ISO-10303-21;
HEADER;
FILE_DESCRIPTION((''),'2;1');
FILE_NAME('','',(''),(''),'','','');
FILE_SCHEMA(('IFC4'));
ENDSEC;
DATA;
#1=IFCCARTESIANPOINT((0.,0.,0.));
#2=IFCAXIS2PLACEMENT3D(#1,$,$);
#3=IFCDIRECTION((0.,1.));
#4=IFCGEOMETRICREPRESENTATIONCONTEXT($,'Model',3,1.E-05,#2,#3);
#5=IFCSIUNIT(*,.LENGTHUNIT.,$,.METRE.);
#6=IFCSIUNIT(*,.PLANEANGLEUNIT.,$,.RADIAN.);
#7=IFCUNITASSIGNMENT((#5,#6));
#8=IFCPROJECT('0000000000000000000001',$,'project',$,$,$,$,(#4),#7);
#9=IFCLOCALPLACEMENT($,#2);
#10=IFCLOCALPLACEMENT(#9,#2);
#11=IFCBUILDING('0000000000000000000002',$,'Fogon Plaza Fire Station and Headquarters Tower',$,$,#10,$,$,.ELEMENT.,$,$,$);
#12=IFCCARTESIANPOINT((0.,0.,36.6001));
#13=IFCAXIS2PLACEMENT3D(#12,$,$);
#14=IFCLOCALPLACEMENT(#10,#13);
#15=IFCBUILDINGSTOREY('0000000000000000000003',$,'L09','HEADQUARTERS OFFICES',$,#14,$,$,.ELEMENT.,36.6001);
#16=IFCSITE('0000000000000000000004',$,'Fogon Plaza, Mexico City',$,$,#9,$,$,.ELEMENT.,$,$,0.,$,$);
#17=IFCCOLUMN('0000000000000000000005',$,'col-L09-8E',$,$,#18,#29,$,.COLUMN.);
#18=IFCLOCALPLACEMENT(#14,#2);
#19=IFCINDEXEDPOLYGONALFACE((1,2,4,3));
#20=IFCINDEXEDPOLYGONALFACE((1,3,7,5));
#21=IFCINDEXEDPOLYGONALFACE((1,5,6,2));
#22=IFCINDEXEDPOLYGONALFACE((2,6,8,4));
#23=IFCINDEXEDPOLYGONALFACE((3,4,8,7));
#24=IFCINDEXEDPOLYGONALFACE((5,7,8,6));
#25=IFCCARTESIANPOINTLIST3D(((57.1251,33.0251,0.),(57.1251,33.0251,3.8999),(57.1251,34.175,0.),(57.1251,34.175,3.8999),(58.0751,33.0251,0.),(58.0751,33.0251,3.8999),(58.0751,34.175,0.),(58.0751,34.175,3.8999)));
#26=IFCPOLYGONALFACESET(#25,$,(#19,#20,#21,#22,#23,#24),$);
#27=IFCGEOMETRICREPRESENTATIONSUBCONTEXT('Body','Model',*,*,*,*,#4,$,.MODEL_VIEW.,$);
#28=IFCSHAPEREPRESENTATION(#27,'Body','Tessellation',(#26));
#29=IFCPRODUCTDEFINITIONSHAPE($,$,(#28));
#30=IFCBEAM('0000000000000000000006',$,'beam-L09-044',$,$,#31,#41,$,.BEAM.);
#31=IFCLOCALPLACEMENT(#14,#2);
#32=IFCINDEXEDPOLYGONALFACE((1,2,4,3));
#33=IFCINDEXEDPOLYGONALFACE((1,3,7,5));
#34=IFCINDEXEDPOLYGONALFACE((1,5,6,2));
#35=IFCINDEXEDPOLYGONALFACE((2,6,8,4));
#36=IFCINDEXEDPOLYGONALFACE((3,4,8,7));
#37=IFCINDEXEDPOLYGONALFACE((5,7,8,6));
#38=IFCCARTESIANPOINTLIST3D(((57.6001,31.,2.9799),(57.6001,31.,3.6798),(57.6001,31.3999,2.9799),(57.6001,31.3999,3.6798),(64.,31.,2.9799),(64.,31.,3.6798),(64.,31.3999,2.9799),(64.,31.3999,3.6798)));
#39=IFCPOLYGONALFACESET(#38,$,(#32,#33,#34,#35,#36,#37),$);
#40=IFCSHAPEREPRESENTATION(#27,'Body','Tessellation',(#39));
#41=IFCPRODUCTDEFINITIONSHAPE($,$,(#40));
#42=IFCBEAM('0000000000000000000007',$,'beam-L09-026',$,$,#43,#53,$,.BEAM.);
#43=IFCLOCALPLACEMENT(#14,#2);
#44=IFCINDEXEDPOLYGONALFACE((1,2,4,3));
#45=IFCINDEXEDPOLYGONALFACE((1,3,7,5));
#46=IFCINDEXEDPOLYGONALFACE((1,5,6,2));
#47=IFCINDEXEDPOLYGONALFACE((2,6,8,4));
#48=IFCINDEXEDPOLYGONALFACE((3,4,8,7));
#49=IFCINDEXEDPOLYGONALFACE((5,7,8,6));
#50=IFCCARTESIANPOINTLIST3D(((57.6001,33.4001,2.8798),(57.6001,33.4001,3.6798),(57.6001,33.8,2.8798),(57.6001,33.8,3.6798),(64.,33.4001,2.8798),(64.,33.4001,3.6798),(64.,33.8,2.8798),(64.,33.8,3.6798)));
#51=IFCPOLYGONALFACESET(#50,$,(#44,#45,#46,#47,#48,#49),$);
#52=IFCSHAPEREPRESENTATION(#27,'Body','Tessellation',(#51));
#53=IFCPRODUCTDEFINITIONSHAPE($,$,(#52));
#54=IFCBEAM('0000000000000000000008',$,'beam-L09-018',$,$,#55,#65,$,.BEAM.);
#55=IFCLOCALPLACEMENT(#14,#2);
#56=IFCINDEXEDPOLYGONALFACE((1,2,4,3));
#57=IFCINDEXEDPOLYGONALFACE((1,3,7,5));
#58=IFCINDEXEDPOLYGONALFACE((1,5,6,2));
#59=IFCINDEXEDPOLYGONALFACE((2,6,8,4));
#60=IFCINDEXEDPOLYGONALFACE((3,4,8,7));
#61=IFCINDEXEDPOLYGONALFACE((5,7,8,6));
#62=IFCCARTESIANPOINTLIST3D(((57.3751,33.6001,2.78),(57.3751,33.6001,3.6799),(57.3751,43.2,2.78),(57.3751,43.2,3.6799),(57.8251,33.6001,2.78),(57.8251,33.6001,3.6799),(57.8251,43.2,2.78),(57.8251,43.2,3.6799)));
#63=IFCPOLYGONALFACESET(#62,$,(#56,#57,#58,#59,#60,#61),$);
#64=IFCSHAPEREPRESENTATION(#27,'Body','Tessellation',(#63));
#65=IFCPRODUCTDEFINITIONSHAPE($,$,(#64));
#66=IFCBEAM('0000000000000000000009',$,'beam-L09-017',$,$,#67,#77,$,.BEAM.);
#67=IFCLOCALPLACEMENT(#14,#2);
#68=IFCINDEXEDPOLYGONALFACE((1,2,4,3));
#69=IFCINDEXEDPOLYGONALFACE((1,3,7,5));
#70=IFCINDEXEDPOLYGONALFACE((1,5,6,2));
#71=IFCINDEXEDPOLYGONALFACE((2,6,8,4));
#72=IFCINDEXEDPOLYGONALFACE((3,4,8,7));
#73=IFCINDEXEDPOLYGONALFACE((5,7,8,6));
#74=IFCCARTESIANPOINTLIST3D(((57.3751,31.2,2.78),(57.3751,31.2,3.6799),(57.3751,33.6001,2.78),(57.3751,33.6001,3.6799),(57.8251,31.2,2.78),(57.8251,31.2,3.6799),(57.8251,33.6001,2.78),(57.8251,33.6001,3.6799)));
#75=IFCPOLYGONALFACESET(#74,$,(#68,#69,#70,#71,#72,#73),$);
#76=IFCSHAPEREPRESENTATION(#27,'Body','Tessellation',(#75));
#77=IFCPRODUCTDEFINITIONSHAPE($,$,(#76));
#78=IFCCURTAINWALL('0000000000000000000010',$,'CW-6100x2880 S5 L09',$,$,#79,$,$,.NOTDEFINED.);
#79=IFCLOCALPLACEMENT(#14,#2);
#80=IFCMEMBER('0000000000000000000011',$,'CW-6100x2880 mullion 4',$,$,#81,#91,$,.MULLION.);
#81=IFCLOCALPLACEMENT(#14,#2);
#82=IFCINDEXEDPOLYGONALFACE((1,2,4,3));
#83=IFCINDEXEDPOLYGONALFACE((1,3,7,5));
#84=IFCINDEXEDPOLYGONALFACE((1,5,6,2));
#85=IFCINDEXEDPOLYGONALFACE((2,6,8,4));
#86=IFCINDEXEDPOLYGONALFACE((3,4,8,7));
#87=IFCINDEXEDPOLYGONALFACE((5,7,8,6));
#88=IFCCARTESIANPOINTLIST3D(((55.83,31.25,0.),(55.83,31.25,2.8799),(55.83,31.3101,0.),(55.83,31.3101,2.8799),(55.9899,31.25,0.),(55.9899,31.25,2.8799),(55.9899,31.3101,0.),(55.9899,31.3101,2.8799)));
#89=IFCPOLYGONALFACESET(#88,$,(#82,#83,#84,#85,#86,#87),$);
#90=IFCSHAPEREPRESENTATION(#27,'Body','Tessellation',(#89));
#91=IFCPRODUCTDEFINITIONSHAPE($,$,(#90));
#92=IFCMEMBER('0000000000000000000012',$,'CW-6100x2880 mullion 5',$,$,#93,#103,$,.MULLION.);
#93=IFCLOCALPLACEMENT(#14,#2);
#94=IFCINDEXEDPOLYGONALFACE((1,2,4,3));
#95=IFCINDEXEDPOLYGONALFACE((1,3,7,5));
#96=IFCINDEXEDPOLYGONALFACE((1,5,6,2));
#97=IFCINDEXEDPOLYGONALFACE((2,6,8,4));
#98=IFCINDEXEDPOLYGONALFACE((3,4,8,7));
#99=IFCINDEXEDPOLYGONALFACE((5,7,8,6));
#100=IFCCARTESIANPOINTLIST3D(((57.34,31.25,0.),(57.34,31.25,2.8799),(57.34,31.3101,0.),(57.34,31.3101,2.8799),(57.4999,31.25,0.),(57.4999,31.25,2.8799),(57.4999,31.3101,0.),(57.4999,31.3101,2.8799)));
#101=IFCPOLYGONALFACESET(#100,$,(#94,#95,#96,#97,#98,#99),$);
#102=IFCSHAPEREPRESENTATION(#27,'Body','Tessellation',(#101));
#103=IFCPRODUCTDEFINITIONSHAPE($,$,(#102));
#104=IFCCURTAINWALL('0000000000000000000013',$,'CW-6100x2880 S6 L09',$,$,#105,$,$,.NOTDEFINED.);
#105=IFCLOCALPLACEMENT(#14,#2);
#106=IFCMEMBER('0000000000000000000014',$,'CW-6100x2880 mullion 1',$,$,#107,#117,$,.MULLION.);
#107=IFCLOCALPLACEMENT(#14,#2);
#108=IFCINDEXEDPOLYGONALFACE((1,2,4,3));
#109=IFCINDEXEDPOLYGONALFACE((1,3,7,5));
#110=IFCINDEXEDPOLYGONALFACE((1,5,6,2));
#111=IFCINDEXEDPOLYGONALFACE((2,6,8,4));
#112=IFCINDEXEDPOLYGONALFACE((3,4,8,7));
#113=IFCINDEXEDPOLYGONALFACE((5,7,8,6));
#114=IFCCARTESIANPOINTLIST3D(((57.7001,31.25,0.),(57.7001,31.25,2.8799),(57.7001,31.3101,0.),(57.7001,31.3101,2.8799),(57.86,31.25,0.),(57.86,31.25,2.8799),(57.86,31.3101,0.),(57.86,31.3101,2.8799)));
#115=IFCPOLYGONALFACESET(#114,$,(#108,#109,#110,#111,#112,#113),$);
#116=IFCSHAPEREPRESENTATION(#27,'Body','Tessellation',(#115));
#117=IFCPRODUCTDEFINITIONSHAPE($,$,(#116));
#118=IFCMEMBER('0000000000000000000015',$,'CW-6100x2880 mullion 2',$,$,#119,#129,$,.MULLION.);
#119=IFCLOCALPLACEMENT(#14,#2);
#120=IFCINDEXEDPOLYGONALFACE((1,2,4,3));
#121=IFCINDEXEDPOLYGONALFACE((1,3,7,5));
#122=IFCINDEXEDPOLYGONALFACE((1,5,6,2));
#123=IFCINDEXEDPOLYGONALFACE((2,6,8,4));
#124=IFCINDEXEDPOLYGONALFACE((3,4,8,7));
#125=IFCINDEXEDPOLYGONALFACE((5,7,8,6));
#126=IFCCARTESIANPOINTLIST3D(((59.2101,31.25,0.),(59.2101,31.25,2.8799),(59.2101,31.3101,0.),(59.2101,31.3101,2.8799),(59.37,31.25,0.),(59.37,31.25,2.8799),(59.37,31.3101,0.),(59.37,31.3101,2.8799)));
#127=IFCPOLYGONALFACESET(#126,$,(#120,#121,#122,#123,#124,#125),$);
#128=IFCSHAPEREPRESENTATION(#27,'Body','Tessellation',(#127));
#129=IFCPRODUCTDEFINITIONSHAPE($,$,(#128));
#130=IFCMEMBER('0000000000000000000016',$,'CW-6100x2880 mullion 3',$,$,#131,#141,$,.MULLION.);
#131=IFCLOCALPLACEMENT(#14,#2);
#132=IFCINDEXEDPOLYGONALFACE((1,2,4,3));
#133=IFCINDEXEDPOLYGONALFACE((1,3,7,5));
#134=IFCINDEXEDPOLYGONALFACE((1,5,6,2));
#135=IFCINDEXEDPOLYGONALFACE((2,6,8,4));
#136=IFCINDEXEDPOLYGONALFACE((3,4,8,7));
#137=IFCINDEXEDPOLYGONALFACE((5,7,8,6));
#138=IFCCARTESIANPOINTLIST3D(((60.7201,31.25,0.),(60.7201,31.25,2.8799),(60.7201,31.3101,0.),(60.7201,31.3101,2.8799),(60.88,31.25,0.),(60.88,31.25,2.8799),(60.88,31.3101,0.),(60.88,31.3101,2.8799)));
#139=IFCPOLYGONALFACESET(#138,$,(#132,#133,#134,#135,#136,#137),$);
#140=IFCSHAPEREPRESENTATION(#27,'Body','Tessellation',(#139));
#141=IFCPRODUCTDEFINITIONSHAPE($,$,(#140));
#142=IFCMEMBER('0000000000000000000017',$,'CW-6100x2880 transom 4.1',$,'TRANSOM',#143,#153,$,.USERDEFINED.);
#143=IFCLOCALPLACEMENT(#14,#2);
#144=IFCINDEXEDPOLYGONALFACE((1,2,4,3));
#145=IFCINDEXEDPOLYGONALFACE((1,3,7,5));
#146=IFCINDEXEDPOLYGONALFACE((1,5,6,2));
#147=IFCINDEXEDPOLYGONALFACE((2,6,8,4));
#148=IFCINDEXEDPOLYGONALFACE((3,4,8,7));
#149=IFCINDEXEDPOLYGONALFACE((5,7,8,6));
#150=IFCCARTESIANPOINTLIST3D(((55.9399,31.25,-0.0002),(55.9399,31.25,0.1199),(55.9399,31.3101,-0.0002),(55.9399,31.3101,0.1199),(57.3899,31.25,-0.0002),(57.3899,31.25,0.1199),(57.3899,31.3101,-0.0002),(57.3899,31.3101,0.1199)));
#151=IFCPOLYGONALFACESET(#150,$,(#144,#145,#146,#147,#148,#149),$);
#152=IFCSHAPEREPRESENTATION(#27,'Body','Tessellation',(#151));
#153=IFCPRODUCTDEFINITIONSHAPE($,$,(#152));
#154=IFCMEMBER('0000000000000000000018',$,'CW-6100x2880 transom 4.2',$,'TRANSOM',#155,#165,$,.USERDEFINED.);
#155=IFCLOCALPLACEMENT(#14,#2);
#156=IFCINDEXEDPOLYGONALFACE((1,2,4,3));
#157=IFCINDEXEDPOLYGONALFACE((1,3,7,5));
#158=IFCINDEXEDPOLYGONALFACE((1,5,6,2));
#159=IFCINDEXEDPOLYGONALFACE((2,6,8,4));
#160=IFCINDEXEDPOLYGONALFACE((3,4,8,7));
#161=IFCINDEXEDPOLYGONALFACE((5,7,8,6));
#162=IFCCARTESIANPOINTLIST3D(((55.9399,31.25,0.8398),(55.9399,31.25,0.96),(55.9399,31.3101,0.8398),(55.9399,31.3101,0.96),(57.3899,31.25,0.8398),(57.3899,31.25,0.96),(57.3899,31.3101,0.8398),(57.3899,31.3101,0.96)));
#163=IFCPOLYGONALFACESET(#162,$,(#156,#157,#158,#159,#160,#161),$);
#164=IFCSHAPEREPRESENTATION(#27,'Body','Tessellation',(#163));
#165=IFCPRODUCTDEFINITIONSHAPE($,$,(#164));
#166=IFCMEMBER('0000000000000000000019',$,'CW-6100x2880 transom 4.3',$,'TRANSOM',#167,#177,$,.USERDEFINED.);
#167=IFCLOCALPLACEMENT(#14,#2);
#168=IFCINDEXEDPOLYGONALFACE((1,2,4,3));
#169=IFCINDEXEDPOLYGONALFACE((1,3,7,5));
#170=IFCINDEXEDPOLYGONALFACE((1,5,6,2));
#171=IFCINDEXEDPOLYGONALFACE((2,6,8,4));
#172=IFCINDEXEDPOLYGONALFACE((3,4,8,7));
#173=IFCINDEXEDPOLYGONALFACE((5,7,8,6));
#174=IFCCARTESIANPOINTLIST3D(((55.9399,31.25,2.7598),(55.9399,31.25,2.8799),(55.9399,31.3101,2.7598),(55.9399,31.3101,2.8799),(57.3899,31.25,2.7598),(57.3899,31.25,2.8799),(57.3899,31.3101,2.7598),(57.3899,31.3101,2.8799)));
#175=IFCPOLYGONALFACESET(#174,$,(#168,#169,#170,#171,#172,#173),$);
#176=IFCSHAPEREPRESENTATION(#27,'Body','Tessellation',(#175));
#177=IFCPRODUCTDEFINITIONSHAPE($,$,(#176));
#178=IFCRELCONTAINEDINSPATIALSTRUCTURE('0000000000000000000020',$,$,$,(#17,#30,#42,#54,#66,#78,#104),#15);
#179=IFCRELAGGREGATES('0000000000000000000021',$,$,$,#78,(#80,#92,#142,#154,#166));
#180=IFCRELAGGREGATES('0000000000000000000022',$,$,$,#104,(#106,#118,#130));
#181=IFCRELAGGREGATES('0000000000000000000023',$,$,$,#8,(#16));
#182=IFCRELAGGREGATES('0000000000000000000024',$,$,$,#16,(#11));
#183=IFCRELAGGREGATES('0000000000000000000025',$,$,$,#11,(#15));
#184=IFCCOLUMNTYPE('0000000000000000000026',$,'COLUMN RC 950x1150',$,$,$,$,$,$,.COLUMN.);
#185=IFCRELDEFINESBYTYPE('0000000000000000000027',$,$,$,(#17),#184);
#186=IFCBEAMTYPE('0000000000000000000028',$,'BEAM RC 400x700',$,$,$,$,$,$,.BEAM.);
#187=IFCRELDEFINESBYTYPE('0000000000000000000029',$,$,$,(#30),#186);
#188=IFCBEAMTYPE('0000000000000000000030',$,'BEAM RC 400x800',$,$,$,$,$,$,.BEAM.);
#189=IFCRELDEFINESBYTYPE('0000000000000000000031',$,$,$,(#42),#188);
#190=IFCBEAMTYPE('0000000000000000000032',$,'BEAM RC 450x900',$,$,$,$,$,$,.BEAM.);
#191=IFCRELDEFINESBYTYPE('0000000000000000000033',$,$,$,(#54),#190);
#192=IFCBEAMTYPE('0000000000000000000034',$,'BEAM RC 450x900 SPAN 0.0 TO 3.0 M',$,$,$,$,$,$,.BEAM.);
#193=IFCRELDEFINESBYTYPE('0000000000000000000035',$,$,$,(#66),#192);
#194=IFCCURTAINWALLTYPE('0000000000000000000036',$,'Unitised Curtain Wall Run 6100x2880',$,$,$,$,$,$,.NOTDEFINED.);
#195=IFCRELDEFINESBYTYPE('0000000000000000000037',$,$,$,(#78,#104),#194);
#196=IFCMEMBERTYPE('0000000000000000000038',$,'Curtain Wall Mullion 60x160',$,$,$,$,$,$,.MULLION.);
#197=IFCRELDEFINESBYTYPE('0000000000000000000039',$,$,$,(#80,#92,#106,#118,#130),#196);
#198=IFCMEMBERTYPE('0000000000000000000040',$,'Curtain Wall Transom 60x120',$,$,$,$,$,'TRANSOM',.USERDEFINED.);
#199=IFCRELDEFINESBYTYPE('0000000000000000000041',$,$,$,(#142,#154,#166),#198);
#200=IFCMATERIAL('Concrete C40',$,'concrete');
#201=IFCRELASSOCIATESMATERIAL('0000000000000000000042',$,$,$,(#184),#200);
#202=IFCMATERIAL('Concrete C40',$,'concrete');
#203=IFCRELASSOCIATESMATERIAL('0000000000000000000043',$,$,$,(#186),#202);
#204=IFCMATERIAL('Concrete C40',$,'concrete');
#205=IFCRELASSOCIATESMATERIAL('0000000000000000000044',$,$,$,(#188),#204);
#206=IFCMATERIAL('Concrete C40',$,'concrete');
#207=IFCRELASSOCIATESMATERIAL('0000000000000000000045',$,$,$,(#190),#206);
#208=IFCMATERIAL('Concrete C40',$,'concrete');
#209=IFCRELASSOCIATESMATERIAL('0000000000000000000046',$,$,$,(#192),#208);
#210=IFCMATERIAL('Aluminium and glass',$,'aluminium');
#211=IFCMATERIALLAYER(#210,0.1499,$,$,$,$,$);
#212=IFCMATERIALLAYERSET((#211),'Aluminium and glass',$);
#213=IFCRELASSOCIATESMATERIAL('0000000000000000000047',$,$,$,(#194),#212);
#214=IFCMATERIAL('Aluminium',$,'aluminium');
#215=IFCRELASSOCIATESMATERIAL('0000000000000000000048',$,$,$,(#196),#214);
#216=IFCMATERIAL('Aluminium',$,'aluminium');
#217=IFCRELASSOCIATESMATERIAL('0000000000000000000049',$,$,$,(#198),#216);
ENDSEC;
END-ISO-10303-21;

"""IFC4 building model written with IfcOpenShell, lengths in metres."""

from ifc_helpers import new_model, si_unit, direction, frame, origin, origin_2d, place, context, subcontext, project, spatial, rectangle, extrude, material, layer, layer_set, material_profile, profile_set, type_object, element, aggregate, save


model = new_model("IFC4")

# Units and contexts
model_context = context("Model", 3, precision=1e-05, world=origin(), true_north=direction((0.0, 1.0)))
body_context = subcontext(model_context, "Body", "Model", "MODEL_VIEW")
ifc_project = project(units=[si_unit("LENGTHUNIT", "METRE"), si_unit("PLANEANGLEUNIT", "RADIAN")], contexts=[model_context])

# Site, building, storey
site_placement = place(None, origin())
site = spatial("IfcSite", under=ifc_project, at=site_placement, Name="Fogon Plaza, Mexico City", CompositionType="ELEMENT", RefElevation=0.0)
building_placement = place(site_placement, origin())
building = spatial("IfcBuilding", under=site, at=building_placement, Name="Fogon Plaza Fire Station and Headquarters Tower", CompositionType="ELEMENT")
storey_placement = place(building_placement, frame((0.0, 0.0, 36.6001)))
storey = spatial("IfcBuildingStorey", under=building, at=storey_placement, Name="L09", Description="HEADQUARTERS OFFICES", CompositionType="ELEMENT", Elevation=36.6001)

# Column
ifc_material_1 = material(Name="Concrete C40", Category="concrete")
ifc_material_profile_1 = material_profile(ifc_material_1, rectangle(XDim=0.95, YDim=1.1499, at=origin_2d()), Name="RC 950x1150")
ifc_profile_set_1 = profile_set([ifc_material_profile_1], Name="Concrete C40")
column_type = type_object("IfcColumnType", Name="COLUMN RC 950x1150", PredefinedType="COLUMN", material=ifc_profile_set_1)
column_placement = place(storey_placement, frame((57.6001, 33.6001, 0.0), z_axis=(0.0, 0.0, 1.0), x_axis=(1.0, 0.0, 0.0)))
element("IfcColumn", 1, at=column_placement, inside=storey, type_object=column_type, Name="col-L09-8E", PredefinedType="COLUMN", context=body_context, shape_type="SweptSolid", body=[
    extrude(rectangle(XDim=0.95, YDim=1.1499, at=origin_2d()), origin(), (0.0, 0.0, 1.0), 3.8999),
])

# Beams
ifc_material_2 = material(Name="Concrete C40", Category="concrete")
ifc_material_profile_2 = material_profile(ifc_material_2, rectangle(XDim=0.3999, YDim=0.7, at=origin_2d()), Name="RC 400x700")
ifc_profile_set_2 = profile_set([ifc_material_profile_2], Name="Concrete C40")
beam_type_1 = type_object("IfcBeamType", Name="BEAM RC 400x700", PredefinedType="BEAM", material=ifc_profile_set_2)
beam_1_placement = place(storey_placement, frame((57.6001, 31.2, 3.3298), z_axis=(1.0, 0.0, 0.0), x_axis=(0.0, 1.0, 0.0)))
element("IfcBeam", 2, at=beam_1_placement, inside=storey, type_object=beam_type_1, Name="beam-L09-044", PredefinedType="BEAM", context=body_context, shape_type="SweptSolid", body=[
    extrude(rectangle(XDim=0.3999, YDim=0.7, at=origin_2d()), origin(), (0.0, 0.0, 1.0), 6.3999),
])
ifc_material_3 = material(Name="Concrete C40", Category="concrete")
ifc_material_profile_3 = material_profile(ifc_material_3, rectangle(XDim=0.3999, YDim=0.8, at=origin_2d()), Name="RC 400x800")
ifc_profile_set_3 = profile_set([ifc_material_profile_3], Name="Concrete C40")
beam_type_2 = type_object("IfcBeamType", Name="BEAM RC 400x800", PredefinedType="BEAM", material=ifc_profile_set_3)
beam_2_placement = place(storey_placement, frame((57.6001, 33.6001, 3.2798), z_axis=(1.0, 0.0, 0.0), x_axis=(0.0, 1.0, 0.0)))
element("IfcBeam", 3, at=beam_2_placement, inside=storey, type_object=beam_type_2, Name="beam-L09-026", PredefinedType="BEAM", context=body_context, shape_type="SweptSolid", body=[
    extrude(rectangle(XDim=0.3999, YDim=0.8, at=origin_2d()), origin(), (0.0, 0.0, 1.0), 6.3999),
])
ifc_material_4 = material(Name="Concrete C40", Category="concrete")
ifc_material_profile_4 = material_profile(ifc_material_4, rectangle(XDim=0.45, YDim=0.8999, at=origin_2d()), Name="RC 450x900")
ifc_profile_set_4 = profile_set([ifc_material_profile_4], Name="Concrete C40")
beam_type_3 = type_object("IfcBeamType", Name="BEAM RC 450x900", PredefinedType="BEAM", material=ifc_profile_set_4)
beam_3_placement = place(storey_placement, frame((57.6001, 33.6001, 3.23), z_axis=(0.0, 1.0, 0.0), x_axis=(-1.0, 0.0, 0.0)))
element("IfcBeam", 4, at=beam_3_placement, inside=storey, type_object=beam_type_3, Name="beam-L09-018", PredefinedType="BEAM", context=body_context, shape_type="SweptSolid", body=[
    extrude(rectangle(XDim=0.45, YDim=0.8999, at=origin_2d()), origin(), (0.0, 0.0, 1.0), 9.5999),
])
ifc_material_5 = material(Name="Concrete C40", Category="concrete")
ifc_material_profile_5 = material_profile(ifc_material_5, rectangle(XDim=0.45, YDim=0.8999, at=origin_2d()), Name="RC 450x900")
ifc_profile_set_5 = profile_set([ifc_material_profile_5], Name="Concrete C40")
beam_type_4 = type_object("IfcBeamType", Name="BEAM RC 450x900 SPAN 0.0 TO 3.0 M", PredefinedType="BEAM", material=ifc_profile_set_5)
beam_4_placement = place(storey_placement, frame((57.6001, 31.2, 3.23), z_axis=(0.0, 1.0, 0.0), x_axis=(-1.0, 0.0, 0.0)))
element("IfcBeam", 5, at=beam_4_placement, inside=storey, type_object=beam_type_4, Name="beam-L09-017", PredefinedType="BEAM", context=body_context, shape_type="SweptSolid", body=[
    extrude(rectangle(XDim=0.45, YDim=0.8999, at=origin_2d()), origin(), (0.0, 0.0, 1.0), 2.4001),
])

# Curtain walls, members
ifc_material_6 = material(Name="Aluminium and glass", Category="aluminium")
ifc_layer_1 = layer(ifc_material_6, 0.1499)
ifc_layer_set_1 = layer_set([ifc_layer_1], Name="Aluminium and glass")
curtain_wall_type = type_object("IfcCurtainWallType", Name="Unitised Curtain Wall Run 6100x2880", PredefinedType="NOTDEFINED", material=ifc_layer_set_1)
curtain_wall_1_placement = place(storey_placement, origin())
curtain_wall_1 = element("IfcCurtainWall", 6, at=curtain_wall_1_placement, inside=storey, type_object=curtain_wall_type, Name="CW-6100x2880 S5 L09", PredefinedType="NOTDEFINED")
ifc_material_7 = material(Name="Aluminium", Category="aluminium")
ifc_material_profile_6 = material_profile(ifc_material_7, rectangle(XDim=0.0601, YDim=0.1599, at=origin_2d()), Name="Curtain Wall Mullion 60x160")
ifc_profile_set_6 = profile_set([ifc_material_profile_6], Name="Aluminium")
member_type_1 = type_object("IfcMemberType", Name="Curtain Wall Mullion 60x160", PredefinedType="MULLION", material=ifc_profile_set_6)
member_1_placement = place(storey_placement, frame((55.9099, 31.28, 0.0), z_axis=(0.0, 0.0, 1.0), x_axis=(0.0, 1.0, 0.0)))
member_1 = element("IfcMember", 7, at=member_1_placement, type_object=member_type_1, Name="CW-6100x2880 mullion 4", PredefinedType="MULLION", context=body_context, shape_type="SweptSolid", body=[
    extrude(rectangle(XDim=0.0601, YDim=0.1599, at=origin_2d()), origin(), (0.0, 0.0, 1.0), 2.8799),
])
member_2_placement = place(storey_placement, frame((57.4199, 31.28, 0.0), z_axis=(0.0, 0.0, 1.0), x_axis=(0.0, 1.0, 0.0)))
member_2 = element("IfcMember", 8, at=member_2_placement, type_object=member_type_1, Name="CW-6100x2880 mullion 5", PredefinedType="MULLION", context=body_context, shape_type="SweptSolid", body=[
    extrude(rectangle(XDim=0.0601, YDim=0.1599, at=origin_2d()), origin(), (0.0, 0.0, 1.0), 2.8799),
])
curtain_wall_2_placement = place(storey_placement, origin())
curtain_wall_2 = element("IfcCurtainWall", 9, at=curtain_wall_2_placement, inside=storey, type_object=curtain_wall_type, Name="CW-6100x2880 S6 L09", PredefinedType="NOTDEFINED")
member_3_placement = place(storey_placement, frame((57.78, 31.28, 0.0), z_axis=(0.0, 0.0, 1.0), x_axis=(0.0, 1.0, 0.0)))
member_3 = element("IfcMember", 10, at=member_3_placement, type_object=member_type_1, Name="CW-6100x2880 mullion 1", PredefinedType="MULLION", context=body_context, shape_type="SweptSolid", body=[
    extrude(rectangle(XDim=0.0601, YDim=0.1599, at=origin_2d()), origin(), (0.0, 0.0, 1.0), 2.8799),
])
member_4_placement = place(storey_placement, frame((59.29, 31.28, 0.0), z_axis=(0.0, 0.0, 1.0), x_axis=(0.0, 1.0, 0.0)))
member_4 = element("IfcMember", 11, at=member_4_placement, type_object=member_type_1, Name="CW-6100x2880 mullion 2", PredefinedType="MULLION", context=body_context, shape_type="SweptSolid", body=[
    extrude(rectangle(XDim=0.0601, YDim=0.1599, at=origin_2d()), origin(), (0.0, 0.0, 1.0), 2.8799),
])
member_5_placement = place(storey_placement, frame((60.8, 31.28, 0.0), z_axis=(0.0, 0.0, 1.0), x_axis=(0.0, 1.0, 0.0)))
member_5 = element("IfcMember", 12, at=member_5_placement, type_object=member_type_1, Name="CW-6100x2880 mullion 3", PredefinedType="MULLION", context=body_context, shape_type="SweptSolid", body=[
    extrude(rectangle(XDim=0.0601, YDim=0.1599, at=origin_2d()), origin(), (0.0, 0.0, 1.0), 2.8799),
])

# Members
ifc_material_8 = material(Name="Aluminium", Category="aluminium")
ifc_material_profile_7 = material_profile(ifc_material_8, rectangle(XDim=0.0601, YDim=0.1201, at=origin_2d()), Name="Curtain Wall Transom 60x120")
ifc_profile_set_7 = profile_set([ifc_material_profile_7], Name="Aluminium")
member_type_2 = type_object("IfcMemberType", Name="Curtain Wall Transom 60x120", ElementType="TRANSOM", PredefinedType="USERDEFINED", material=ifc_profile_set_7)
member_6_placement = place(storey_placement, frame((55.9399, 31.28, 0.0598), z_axis=(1.0, 0.0, 0.0), x_axis=(0.0, 1.0, 0.0)))
member_6 = element("IfcMember", 13, at=member_6_placement, type_object=member_type_2, Name="CW-6100x2880 transom 4.1", ObjectType="TRANSOM", PredefinedType="USERDEFINED", context=body_context, shape_type="SweptSolid", body=[
    extrude(rectangle(XDim=0.0601, YDim=0.1201, at=origin_2d()), origin(), (0.0, 0.0, 1.0), 1.45),
])
member_7_placement = place(storey_placement, frame((55.9399, 31.28, 0.8999), z_axis=(1.0, 0.0, 0.0), x_axis=(0.0, 1.0, 0.0)))
member_7 = element("IfcMember", 14, at=member_7_placement, type_object=member_type_2, Name="CW-6100x2880 transom 4.2", ObjectType="TRANSOM", PredefinedType="USERDEFINED", context=body_context, shape_type="SweptSolid", body=[
    extrude(rectangle(XDim=0.0601, YDim=0.1201, at=origin_2d()), origin(), (0.0, 0.0, 1.0), 1.45),
])
member_8_placement = place(storey_placement, frame((55.9399, 31.28, 2.8198), z_axis=(1.0, 0.0, 0.0), x_axis=(0.0, 1.0, 0.0)))
member_8 = element("IfcMember", 15, at=member_8_placement, type_object=member_type_2, Name="CW-6100x2880 transom 4.3", ObjectType="TRANSOM", PredefinedType="USERDEFINED", context=body_context, shape_type="SweptSolid", body=[
    extrude(rectangle(XDim=0.0601, YDim=0.1201, at=origin_2d()), origin(), (0.0, 0.0, 1.0), 1.45),
])

aggregate(curtain_wall_1, [member_1, member_2, member_6, member_7, member_8])
aggregate(curtain_wall_2, [member_3, member_4, member_5])

save(model, "model.ifc")
